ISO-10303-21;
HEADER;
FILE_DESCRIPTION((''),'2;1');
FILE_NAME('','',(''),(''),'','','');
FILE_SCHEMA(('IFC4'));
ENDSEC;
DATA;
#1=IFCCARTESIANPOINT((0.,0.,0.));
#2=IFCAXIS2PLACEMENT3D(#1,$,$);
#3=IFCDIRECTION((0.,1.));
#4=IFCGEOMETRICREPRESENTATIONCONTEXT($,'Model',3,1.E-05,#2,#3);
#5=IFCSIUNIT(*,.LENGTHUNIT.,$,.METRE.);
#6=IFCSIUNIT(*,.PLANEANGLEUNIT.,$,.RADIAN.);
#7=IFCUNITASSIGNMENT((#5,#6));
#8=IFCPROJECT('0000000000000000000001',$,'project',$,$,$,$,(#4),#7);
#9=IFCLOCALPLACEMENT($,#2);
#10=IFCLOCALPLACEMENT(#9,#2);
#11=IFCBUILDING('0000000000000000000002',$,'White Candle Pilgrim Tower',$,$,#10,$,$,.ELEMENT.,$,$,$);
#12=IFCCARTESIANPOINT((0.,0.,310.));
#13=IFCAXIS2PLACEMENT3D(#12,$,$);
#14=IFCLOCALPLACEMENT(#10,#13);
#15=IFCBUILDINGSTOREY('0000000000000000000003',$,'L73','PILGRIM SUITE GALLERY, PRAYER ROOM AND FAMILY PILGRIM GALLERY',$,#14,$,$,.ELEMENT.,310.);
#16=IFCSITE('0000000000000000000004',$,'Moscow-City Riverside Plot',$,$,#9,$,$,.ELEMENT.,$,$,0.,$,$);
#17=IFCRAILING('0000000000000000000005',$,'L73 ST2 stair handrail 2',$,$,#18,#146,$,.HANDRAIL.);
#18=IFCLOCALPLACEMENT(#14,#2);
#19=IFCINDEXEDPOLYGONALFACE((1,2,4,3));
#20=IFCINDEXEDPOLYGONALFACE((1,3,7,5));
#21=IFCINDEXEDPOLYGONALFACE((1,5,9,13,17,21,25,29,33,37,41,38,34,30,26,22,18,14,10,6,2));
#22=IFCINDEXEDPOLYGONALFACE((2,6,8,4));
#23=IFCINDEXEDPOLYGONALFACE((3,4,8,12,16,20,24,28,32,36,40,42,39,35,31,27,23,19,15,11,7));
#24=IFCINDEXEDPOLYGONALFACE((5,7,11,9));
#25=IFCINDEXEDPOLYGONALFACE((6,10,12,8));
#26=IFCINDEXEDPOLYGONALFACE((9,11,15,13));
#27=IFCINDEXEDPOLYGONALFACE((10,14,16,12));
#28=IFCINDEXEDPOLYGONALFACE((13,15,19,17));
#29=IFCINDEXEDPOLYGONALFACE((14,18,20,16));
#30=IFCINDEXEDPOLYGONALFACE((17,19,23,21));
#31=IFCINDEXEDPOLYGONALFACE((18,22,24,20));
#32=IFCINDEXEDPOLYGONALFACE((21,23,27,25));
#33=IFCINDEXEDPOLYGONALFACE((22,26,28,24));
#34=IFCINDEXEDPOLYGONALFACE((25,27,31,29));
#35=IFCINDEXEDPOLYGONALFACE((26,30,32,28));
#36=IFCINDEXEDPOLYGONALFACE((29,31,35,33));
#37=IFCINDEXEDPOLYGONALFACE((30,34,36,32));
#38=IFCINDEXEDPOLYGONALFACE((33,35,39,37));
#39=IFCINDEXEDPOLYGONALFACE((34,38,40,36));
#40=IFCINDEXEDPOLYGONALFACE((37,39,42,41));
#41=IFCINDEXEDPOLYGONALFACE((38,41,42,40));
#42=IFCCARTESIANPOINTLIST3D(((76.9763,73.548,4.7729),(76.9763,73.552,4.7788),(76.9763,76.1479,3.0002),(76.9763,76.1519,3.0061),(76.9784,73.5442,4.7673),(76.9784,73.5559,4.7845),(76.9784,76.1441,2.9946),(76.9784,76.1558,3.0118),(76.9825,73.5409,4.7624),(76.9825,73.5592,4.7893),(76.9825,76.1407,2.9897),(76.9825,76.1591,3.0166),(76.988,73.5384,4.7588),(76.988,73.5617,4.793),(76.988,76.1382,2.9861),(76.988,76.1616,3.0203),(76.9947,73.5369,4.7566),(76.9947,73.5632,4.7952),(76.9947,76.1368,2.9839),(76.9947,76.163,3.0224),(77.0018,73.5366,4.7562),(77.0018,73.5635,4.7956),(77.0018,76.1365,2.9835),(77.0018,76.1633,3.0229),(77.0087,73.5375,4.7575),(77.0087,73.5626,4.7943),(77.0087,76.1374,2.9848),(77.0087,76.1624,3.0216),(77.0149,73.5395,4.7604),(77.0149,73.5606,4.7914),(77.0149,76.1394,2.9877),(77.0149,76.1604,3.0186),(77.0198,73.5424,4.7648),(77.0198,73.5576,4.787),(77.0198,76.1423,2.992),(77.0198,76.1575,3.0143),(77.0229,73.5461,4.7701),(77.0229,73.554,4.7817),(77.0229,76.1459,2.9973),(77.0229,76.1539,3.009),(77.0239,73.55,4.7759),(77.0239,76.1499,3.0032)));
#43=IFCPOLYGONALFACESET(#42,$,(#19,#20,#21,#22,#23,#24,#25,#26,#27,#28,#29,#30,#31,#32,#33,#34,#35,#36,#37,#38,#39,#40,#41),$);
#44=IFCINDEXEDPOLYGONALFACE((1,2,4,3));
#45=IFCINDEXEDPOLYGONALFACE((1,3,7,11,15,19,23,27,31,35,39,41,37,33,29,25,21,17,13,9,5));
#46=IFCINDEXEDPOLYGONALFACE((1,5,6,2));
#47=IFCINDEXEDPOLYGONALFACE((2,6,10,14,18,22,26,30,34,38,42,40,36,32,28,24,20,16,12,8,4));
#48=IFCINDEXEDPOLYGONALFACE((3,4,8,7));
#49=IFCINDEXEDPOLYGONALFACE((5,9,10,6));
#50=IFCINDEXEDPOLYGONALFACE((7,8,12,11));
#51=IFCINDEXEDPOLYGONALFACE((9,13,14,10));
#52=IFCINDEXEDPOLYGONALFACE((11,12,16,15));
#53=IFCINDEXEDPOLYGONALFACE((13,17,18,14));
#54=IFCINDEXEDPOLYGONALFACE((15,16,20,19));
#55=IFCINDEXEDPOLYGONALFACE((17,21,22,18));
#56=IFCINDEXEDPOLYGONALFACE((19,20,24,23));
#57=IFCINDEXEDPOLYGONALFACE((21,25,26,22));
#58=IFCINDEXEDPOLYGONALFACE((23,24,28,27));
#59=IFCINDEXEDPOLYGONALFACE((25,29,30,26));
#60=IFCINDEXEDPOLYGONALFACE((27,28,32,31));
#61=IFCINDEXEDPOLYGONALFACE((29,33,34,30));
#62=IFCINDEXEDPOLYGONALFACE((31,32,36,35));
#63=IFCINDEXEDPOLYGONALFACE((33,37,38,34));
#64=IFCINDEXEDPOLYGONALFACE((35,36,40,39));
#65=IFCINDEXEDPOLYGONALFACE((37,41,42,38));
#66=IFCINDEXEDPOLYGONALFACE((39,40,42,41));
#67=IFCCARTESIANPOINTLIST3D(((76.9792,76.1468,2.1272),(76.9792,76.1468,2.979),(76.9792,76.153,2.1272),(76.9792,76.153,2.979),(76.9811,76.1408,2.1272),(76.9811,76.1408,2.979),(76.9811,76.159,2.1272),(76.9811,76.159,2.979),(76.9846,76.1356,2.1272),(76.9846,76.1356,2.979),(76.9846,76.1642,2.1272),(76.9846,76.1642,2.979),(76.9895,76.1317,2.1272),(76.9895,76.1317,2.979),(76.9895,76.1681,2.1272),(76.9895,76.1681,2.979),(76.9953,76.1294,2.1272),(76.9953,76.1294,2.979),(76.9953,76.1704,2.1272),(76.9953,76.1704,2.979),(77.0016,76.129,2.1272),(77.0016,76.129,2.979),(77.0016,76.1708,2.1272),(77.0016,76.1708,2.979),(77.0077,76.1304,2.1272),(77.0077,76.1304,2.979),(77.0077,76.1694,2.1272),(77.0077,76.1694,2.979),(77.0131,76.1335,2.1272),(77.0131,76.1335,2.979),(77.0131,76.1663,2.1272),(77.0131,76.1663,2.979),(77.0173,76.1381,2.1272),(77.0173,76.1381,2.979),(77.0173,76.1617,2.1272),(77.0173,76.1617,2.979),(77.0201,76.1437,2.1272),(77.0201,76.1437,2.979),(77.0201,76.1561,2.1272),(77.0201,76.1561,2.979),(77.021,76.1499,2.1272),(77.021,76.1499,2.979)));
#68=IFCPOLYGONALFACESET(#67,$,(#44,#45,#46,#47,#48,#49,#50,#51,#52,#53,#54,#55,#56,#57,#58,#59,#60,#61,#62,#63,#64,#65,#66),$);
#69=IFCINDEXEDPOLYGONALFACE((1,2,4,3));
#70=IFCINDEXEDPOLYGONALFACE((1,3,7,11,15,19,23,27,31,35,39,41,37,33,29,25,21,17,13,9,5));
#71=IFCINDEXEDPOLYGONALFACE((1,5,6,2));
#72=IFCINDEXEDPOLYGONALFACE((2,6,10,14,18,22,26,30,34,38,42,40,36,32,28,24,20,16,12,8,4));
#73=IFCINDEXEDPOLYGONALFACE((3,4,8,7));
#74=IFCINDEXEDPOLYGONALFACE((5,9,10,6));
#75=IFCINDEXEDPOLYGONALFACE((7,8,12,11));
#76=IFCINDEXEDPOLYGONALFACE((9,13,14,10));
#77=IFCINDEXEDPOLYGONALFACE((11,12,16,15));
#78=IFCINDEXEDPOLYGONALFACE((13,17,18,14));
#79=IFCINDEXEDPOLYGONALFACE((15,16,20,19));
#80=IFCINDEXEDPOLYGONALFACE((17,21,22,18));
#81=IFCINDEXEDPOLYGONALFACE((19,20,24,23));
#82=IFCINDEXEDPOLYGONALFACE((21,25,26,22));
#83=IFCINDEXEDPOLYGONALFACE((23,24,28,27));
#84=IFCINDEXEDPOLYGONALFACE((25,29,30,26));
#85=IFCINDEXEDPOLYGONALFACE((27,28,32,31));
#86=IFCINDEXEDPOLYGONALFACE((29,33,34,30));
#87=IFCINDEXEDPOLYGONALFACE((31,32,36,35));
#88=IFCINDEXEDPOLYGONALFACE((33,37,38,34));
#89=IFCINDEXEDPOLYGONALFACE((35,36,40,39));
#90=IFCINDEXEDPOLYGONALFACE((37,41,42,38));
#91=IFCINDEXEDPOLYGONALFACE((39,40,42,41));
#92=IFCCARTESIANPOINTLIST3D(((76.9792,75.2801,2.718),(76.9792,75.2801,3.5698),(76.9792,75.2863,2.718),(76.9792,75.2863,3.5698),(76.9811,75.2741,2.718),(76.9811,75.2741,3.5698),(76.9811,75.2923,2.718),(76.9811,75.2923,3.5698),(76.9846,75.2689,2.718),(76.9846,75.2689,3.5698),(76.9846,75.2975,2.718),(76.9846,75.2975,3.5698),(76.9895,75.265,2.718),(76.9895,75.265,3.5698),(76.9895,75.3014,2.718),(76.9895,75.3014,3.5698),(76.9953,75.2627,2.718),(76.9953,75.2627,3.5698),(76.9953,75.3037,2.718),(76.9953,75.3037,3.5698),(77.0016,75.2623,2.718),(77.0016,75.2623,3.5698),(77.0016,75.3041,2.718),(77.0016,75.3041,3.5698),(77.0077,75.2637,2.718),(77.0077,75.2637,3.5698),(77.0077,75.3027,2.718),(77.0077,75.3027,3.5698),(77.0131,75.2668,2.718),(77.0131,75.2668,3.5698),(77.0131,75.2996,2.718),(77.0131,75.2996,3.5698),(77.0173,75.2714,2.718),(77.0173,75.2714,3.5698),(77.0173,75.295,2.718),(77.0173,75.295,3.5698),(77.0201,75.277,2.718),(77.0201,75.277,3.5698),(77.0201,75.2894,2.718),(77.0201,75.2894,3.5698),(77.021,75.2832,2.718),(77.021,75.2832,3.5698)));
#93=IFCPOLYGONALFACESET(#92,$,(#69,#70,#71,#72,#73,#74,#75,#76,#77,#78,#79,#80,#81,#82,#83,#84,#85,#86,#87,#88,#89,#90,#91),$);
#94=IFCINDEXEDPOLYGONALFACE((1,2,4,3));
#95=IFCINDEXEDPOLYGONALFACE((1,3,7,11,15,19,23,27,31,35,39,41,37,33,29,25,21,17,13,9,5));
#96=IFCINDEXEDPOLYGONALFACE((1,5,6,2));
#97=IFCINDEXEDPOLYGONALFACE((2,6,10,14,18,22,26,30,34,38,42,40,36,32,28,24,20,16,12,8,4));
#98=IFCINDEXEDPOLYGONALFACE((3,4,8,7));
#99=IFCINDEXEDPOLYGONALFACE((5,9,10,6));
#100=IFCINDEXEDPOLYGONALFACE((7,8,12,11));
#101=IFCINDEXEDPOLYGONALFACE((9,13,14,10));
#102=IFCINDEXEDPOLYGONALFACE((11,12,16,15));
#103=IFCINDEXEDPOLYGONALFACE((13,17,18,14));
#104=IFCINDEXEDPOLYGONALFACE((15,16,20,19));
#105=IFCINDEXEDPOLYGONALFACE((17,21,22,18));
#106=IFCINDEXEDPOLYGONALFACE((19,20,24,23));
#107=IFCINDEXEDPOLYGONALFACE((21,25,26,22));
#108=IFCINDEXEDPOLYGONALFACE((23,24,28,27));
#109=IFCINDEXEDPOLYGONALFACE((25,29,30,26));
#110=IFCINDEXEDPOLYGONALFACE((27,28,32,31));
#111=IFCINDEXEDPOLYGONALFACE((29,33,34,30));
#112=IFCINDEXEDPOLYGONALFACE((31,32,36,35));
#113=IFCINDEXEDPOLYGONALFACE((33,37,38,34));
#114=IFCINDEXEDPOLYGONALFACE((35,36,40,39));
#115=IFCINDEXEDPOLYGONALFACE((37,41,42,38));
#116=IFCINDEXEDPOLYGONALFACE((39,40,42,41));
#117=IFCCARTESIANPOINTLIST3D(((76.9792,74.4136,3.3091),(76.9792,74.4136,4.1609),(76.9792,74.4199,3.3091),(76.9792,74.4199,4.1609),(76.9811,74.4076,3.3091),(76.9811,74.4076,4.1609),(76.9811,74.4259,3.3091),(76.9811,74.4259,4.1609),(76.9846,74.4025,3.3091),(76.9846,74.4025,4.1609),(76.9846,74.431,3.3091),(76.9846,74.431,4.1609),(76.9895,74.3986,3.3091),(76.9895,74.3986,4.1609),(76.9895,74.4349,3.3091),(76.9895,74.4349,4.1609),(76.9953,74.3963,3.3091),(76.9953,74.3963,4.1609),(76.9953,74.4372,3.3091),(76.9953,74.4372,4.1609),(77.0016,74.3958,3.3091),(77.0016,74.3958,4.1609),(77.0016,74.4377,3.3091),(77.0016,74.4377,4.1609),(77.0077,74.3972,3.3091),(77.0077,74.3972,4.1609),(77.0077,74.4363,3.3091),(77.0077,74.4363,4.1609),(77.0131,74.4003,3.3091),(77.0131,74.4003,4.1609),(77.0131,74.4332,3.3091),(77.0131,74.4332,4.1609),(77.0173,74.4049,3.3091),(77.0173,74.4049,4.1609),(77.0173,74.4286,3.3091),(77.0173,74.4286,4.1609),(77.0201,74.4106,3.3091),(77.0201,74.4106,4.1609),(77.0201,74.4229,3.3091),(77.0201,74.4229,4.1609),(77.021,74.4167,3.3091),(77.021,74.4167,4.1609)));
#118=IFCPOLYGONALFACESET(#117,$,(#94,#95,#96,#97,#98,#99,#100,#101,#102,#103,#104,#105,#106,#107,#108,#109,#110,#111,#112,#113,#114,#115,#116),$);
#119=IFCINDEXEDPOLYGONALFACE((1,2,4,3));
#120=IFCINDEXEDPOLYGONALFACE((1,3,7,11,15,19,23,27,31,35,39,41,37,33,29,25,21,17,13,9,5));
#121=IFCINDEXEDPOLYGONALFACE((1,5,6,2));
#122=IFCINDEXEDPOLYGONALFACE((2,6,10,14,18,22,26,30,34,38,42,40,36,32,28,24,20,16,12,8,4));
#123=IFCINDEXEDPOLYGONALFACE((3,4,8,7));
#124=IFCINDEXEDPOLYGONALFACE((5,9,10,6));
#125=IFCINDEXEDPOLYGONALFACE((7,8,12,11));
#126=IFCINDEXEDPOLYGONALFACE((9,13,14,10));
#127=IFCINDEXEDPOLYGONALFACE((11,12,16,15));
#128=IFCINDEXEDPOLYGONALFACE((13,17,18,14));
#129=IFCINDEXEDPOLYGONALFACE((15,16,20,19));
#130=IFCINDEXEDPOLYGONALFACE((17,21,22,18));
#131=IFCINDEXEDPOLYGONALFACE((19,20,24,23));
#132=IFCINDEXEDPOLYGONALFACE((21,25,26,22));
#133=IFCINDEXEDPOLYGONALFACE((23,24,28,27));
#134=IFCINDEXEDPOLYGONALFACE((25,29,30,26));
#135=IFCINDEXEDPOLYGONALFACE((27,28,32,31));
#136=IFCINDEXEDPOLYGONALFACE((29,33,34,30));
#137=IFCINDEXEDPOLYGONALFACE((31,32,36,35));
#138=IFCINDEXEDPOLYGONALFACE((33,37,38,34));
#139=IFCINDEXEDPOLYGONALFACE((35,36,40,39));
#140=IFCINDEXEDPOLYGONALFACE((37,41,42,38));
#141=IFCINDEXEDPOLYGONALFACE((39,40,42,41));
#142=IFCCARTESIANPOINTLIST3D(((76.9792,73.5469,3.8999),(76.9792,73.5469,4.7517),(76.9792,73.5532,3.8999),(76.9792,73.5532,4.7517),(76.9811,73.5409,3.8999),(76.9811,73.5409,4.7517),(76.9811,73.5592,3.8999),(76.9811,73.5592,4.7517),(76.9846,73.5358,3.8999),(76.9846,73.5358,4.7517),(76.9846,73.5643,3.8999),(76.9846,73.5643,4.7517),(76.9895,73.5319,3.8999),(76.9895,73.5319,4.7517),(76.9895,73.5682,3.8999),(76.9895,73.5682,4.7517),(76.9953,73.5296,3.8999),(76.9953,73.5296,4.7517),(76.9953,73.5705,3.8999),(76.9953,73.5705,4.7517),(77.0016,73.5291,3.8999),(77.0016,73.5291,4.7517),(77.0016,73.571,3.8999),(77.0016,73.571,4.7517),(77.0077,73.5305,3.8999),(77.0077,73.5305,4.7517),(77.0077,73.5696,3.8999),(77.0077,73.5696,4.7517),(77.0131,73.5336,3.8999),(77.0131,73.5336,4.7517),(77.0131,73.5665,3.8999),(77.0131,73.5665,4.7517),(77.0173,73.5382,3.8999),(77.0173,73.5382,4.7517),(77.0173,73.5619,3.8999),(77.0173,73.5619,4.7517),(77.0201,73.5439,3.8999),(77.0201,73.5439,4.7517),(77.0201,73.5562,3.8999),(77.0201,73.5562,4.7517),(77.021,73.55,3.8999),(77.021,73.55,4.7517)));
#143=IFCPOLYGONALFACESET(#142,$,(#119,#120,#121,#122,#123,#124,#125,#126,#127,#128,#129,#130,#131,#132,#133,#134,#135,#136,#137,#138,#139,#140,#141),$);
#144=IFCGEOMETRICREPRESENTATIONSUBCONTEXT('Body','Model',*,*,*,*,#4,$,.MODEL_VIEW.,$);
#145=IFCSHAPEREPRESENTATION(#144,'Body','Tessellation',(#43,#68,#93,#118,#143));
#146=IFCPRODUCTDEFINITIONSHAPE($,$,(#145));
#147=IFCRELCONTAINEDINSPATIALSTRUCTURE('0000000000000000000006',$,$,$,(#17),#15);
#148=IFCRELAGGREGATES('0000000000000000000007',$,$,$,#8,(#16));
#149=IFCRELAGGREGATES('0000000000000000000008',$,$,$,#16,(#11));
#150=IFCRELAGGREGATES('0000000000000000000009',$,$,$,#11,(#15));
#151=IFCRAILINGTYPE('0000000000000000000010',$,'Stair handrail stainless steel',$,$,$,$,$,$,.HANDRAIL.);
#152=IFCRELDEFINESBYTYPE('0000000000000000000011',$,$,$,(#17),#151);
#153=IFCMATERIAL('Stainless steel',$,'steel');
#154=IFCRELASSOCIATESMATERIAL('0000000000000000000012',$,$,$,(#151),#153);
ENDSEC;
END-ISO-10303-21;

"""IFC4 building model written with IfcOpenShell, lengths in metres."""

from ifc_helpers import new_model, si_unit, direction, frame, origin, origin_2d, place, context, subcontext, project, spatial, circle, extrude, material, type_object, element, save


model = new_model("IFC4")

# Units and contexts
model_context = context("Model", 3, precision=1e-05, world=origin(), true_north=direction((0.0, 1.0)))
body_context = subcontext(model_context, "Body", "Model", "MODEL_VIEW")
ifc_project = project(units=[si_unit("LENGTHUNIT", "METRE"), si_unit("PLANEANGLEUNIT", "RADIAN")], contexts=[model_context])

# Site, building, storey
site_placement = place(None, origin())
site = spatial("IfcSite", under=ifc_project, at=site_placement, Name="Moscow-City Riverside Plot", CompositionType="ELEMENT", RefElevation=0.0)
building_placement = place(site_placement, origin())
building = spatial("IfcBuilding", under=site, at=building_placement, Name="White Candle Pilgrim Tower", CompositionType="ELEMENT")
storey_placement = place(building_placement, frame((0.0, 0.0, 310.0)))
storey = spatial("IfcBuildingStorey", under=building, at=storey_placement, Name="L73", Description="PILGRIM SUITE GALLERY, PRAYER ROOM AND FAMILY PILGRIM GALLERY", CompositionType="ELEMENT", Elevation=310.0)

# Railing
ifc_material_1 = material(Name="Stainless steel", Category="steel")
railing_type_1 = type_object("IfcRailingType", Name="Stair handrail stainless steel", PredefinedType="HANDRAIL", material=ifc_material_1)
railing_1_placement = place(storey_placement, frame((77.0, 76.1499, 2.1272)))
element("IfcRailing", 1, at=railing_1_placement, inside=storey, type_object=railing_type_1, Name="L73 ST2 stair handrail 2", PredefinedType="HANDRAIL", context=body_context, shape_type="SweptSolid", body=[
    extrude(circle(Radius=0.0239, at=origin_2d()), frame((0.0, 0.0, 0.876), z_axis=(0.0, -0.826216, 0.563354), x_axis=(1.0, 0.0, 0.0)), (0.0, 0.0, 1.0), 3.1467),
    extrude(circle(Radius=0.021, at=origin_2d()), origin(), (0.0, 0.0, 1.0), 0.8518),
    extrude(circle(Radius=0.021, at=origin_2d()), frame((0.0, -0.8667, 0.5908)), (0.0, 0.0, 1.0), 0.8518),
    extrude(circle(Radius=0.021, at=origin_2d()), frame((0.0, -1.7332, 1.1819)), (0.0, 0.0, 1.0), 0.8518),
    extrude(circle(Radius=0.021, at=origin_2d()), frame((0.0, -2.5999, 1.7727)), (0.0, 0.0, 1.0), 0.8518),
])

save(model, "model.ifc")
